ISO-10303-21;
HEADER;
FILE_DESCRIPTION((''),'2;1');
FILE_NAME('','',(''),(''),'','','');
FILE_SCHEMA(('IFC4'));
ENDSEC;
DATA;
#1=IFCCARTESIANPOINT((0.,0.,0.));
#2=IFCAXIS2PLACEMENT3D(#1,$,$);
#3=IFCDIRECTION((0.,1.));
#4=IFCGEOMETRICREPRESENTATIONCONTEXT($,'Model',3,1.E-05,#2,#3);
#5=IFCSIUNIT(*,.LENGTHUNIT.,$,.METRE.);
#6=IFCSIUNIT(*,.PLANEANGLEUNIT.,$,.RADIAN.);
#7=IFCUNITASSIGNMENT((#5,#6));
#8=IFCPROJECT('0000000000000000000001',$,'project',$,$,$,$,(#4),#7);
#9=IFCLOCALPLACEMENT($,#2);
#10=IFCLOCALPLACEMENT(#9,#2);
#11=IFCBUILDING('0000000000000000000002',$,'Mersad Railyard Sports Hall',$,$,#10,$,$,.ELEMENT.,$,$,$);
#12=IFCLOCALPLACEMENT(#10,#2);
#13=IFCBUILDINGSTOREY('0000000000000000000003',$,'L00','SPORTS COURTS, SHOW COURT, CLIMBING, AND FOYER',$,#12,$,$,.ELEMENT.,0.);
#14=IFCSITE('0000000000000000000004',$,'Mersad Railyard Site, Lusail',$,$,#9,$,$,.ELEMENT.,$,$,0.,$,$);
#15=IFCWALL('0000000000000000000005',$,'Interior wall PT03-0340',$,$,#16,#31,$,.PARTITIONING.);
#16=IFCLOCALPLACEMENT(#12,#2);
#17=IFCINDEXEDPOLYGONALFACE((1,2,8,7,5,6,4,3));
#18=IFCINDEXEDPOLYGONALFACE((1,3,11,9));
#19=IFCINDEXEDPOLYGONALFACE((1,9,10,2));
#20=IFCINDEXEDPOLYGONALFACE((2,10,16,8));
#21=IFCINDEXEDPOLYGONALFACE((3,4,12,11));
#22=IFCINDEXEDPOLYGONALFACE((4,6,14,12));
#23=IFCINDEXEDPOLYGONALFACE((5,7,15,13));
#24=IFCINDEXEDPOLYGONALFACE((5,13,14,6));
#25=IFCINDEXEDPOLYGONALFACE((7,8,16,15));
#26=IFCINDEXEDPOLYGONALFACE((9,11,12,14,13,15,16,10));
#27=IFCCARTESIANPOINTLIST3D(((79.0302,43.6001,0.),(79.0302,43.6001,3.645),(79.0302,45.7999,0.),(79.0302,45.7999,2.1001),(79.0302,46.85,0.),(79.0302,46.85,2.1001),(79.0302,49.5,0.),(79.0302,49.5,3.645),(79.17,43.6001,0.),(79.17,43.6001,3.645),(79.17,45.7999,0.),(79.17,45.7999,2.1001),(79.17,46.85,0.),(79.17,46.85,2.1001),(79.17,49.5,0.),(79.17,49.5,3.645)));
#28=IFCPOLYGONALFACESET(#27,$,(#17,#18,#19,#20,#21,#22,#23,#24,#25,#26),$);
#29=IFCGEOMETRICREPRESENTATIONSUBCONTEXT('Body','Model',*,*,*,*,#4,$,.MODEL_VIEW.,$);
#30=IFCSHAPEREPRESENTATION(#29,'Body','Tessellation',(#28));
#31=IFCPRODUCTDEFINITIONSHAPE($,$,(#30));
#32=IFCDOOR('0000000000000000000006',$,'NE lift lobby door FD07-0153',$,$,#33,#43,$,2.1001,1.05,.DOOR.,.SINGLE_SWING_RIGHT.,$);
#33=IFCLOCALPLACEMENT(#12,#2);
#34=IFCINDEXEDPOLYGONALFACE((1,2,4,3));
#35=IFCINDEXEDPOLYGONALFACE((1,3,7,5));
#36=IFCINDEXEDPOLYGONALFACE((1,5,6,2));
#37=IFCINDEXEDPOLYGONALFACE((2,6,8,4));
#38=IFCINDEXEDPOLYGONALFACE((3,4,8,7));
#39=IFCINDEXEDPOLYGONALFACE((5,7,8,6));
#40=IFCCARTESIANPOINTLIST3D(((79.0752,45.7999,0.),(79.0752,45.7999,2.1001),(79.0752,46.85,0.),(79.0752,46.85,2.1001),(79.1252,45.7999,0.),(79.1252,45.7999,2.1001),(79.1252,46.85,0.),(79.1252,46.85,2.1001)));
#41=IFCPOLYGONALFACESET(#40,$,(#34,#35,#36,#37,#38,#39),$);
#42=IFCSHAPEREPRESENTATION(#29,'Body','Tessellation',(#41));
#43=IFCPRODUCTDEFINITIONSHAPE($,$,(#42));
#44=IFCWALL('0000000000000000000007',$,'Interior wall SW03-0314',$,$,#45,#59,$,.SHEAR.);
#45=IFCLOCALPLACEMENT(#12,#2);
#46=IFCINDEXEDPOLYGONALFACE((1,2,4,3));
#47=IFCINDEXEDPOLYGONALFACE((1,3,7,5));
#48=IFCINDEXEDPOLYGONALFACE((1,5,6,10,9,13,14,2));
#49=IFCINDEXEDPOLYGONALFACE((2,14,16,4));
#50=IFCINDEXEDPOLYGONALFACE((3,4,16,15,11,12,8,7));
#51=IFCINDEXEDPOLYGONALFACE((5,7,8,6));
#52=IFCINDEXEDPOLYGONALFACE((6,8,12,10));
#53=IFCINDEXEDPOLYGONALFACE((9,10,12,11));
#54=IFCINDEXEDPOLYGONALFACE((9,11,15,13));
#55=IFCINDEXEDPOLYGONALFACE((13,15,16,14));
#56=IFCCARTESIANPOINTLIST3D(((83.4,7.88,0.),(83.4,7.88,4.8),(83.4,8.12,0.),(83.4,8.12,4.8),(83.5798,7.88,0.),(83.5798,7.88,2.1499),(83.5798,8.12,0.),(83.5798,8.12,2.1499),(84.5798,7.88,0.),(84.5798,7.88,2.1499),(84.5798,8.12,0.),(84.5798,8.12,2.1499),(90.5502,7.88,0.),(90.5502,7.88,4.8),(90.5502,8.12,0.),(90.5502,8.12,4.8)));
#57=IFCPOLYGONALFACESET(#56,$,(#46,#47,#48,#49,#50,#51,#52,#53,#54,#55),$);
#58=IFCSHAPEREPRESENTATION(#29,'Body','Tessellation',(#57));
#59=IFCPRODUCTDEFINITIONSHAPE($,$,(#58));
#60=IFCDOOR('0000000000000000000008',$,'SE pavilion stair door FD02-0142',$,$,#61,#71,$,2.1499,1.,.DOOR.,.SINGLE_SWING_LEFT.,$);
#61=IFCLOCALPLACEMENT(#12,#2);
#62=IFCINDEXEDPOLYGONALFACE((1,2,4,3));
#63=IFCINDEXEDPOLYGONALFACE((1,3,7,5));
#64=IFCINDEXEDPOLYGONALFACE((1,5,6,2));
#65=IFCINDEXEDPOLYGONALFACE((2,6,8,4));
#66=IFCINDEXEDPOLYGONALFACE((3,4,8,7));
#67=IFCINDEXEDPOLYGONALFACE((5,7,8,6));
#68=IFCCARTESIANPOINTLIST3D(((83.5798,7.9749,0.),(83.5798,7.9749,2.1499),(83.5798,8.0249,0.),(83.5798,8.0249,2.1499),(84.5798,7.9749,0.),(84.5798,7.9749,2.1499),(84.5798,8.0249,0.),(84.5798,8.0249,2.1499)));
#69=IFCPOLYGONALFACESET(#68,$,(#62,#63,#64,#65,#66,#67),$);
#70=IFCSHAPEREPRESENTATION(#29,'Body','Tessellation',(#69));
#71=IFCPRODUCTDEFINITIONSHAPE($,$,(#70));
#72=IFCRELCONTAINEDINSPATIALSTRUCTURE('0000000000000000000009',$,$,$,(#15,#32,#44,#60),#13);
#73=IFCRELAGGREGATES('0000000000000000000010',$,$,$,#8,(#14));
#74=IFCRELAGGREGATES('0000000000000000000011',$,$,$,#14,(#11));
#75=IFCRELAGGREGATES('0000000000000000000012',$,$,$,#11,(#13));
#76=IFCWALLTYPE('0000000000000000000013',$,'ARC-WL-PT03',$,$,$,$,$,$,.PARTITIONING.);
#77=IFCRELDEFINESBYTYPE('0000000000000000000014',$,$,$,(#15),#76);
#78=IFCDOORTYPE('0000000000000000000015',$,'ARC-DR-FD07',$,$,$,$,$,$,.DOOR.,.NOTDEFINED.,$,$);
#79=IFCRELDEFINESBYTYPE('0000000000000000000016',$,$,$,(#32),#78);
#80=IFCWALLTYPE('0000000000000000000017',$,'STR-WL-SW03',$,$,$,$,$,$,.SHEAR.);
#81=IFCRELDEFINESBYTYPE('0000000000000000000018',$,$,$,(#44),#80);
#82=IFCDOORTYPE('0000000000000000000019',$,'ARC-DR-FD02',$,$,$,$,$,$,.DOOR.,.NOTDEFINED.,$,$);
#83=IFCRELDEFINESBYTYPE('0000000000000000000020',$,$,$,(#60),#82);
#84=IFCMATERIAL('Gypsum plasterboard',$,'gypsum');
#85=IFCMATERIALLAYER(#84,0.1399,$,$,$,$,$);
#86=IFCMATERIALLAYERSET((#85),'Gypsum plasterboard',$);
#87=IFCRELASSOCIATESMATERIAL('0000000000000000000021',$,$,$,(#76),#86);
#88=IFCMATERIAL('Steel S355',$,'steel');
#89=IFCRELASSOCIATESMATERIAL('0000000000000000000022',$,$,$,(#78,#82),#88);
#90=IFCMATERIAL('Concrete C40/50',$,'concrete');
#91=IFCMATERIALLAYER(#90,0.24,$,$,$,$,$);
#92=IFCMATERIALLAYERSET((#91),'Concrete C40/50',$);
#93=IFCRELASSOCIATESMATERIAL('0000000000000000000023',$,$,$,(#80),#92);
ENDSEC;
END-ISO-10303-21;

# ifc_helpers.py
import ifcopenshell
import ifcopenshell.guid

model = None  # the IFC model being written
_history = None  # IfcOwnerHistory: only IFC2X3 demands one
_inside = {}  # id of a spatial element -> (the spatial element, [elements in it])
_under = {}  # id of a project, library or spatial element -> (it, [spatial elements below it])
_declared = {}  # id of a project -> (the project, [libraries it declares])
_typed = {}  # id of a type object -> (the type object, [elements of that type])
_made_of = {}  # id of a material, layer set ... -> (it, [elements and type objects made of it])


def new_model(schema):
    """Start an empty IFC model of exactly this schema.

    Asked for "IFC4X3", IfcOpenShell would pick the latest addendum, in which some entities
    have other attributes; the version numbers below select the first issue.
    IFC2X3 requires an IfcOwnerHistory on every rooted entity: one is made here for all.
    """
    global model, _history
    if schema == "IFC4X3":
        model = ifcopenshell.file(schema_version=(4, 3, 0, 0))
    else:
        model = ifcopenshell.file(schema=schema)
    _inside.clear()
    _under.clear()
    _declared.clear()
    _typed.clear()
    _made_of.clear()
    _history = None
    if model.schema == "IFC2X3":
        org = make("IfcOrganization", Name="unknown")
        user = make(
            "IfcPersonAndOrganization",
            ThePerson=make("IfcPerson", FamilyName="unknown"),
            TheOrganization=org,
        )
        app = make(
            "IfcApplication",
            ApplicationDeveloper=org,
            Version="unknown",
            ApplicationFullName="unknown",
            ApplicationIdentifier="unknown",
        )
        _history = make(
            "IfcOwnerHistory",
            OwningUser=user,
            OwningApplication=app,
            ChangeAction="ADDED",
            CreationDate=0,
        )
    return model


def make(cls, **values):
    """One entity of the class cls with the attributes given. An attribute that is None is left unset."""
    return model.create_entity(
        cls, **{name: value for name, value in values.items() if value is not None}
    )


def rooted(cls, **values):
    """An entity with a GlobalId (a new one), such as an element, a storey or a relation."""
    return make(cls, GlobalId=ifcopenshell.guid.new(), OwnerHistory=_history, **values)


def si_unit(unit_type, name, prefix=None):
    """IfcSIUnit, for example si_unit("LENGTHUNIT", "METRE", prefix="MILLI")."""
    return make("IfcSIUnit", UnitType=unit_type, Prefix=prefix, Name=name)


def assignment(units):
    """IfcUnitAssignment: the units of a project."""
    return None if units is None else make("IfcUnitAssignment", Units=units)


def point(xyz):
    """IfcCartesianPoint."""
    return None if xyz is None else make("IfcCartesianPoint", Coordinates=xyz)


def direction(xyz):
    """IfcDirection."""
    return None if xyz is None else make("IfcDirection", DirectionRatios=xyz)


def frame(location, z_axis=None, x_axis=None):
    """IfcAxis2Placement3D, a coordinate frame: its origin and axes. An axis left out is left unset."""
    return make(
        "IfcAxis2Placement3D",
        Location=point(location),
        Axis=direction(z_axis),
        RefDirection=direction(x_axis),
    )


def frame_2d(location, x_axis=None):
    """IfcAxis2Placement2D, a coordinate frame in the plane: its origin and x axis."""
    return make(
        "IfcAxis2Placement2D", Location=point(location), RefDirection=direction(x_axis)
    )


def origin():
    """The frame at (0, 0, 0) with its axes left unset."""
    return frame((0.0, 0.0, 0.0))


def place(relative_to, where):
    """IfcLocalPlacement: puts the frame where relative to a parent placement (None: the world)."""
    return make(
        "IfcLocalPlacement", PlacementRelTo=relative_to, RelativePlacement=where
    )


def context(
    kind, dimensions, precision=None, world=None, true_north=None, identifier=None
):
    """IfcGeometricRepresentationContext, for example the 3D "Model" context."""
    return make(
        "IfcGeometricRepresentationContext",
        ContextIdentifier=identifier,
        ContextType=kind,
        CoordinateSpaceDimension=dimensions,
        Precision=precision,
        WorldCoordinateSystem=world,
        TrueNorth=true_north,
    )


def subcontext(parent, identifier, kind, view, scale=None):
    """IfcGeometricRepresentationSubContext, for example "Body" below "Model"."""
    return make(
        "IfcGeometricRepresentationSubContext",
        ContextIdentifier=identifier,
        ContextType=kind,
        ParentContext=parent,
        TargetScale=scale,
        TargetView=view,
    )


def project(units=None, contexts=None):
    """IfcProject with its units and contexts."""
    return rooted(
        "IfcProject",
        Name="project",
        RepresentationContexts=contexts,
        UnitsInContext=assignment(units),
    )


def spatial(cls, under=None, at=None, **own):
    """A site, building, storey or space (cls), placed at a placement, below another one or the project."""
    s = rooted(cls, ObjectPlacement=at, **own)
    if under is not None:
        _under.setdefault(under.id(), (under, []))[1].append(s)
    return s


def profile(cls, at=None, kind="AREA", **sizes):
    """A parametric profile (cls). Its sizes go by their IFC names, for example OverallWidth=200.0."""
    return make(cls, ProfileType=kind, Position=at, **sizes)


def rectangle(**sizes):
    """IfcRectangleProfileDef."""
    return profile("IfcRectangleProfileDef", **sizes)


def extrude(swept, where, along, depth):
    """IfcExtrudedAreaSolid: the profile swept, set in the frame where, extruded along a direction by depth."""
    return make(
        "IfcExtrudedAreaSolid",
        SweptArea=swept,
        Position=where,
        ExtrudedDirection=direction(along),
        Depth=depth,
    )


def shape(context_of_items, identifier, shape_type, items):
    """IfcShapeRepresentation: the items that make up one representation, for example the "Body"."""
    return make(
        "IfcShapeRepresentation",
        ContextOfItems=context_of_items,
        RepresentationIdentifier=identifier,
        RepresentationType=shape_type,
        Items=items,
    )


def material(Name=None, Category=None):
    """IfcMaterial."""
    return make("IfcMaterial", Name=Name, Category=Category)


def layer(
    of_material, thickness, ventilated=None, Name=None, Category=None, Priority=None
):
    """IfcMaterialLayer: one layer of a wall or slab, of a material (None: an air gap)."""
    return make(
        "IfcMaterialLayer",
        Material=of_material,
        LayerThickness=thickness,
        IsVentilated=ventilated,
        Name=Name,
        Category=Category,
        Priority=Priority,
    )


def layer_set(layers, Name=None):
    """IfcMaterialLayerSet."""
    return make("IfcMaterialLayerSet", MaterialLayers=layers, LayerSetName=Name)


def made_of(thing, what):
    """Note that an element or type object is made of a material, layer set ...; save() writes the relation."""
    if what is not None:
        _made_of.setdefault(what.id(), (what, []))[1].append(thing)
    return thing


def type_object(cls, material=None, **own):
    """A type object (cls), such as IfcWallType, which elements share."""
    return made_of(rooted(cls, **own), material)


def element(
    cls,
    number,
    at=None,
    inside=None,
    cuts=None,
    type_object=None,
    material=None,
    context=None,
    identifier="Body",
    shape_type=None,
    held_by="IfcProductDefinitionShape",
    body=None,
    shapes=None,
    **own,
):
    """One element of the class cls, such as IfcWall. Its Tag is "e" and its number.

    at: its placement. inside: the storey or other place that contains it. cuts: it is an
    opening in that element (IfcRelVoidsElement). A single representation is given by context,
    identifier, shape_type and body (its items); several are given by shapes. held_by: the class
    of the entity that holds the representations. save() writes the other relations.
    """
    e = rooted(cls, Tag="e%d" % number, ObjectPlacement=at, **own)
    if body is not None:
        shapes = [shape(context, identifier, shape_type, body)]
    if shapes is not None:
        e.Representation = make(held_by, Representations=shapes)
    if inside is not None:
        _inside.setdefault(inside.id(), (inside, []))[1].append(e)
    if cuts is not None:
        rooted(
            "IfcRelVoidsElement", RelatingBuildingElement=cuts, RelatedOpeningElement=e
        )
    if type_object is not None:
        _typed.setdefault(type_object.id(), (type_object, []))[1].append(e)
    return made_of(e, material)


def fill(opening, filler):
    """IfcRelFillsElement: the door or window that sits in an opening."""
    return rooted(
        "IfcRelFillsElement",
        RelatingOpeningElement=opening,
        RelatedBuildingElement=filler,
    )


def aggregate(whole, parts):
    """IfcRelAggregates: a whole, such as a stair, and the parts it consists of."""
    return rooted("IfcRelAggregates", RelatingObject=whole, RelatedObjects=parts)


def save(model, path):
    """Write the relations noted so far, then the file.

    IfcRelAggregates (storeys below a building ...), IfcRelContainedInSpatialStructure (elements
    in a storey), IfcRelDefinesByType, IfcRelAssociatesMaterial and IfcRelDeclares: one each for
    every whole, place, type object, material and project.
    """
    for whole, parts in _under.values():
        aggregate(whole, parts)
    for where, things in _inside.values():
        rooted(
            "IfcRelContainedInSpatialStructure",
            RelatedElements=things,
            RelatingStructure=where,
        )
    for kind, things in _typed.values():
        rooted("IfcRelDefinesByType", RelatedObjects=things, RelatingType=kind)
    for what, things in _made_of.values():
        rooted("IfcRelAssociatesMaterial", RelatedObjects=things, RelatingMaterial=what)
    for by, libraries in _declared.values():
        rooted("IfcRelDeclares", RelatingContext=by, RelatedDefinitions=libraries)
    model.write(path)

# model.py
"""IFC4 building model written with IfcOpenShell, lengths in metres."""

from ifc_helpers import new_model, si_unit, direction, frame, frame_2d, origin, place, context, subcontext, project, spatial, rectangle, extrude, material, layer, layer_set, type_object, element, fill, save


model = new_model("IFC4")

# Units and contexts
model_context = context("Model", 3, precision=1e-05, world=origin(), true_north=direction((0.0, 1.0)))
body_context = subcontext(model_context, "Body", "Model", "MODEL_VIEW")
ifc_project = project(units=[si_unit("LENGTHUNIT", "METRE"), si_unit("PLANEANGLEUNIT", "RADIAN")], contexts=[model_context])

# Site, building, storey
site_placement = place(None, origin())
site = spatial("IfcSite", under=ifc_project, at=site_placement, Name="Mersad Railyard Site, Lusail", CompositionType="ELEMENT", RefElevation=0.0)
building_placement = place(site_placement, origin())
building = spatial("IfcBuilding", under=site, at=building_placement, Name="Mersad Railyard Sports Hall", CompositionType="ELEMENT")
storey_placement = place(building_placement, origin())
storey = spatial("IfcBuildingStorey", under=building, at=storey_placement, Name="L00", Description="SPORTS COURTS, SHOW COURT, CLIMBING, AND FOYER", CompositionType="ELEMENT", Elevation=0.0)

# Walls, openings, doors
ifc_material_1 = material(Name="Gypsum plasterboard", Category="gypsum")
ifc_layer_1 = layer(ifc_material_1, 0.1399)
ifc_layer_set_1 = layer_set([ifc_layer_1], Name="Gypsum plasterboard")
wall_type_1 = type_object("IfcWallType", Name="ARC-WL-PT03", PredefinedType="PARTITIONING", material=ifc_layer_set_1)
ifc_material_2 = material(Name="Steel S355", Category="steel")
door_type_1 = type_object("IfcDoorType", Name="ARC-DR-FD07", OperationType="NOTDEFINED", PredefinedType="DOOR", material=ifc_material_2)
wall_1_placement = place(storey_placement, frame((79.1001, 43.6001, 0.0), z_axis=(0.0, 0.0, 1.0), x_axis=(0.0, 1.0, 0.0)))
wall_1 = element("IfcWall", 1, at=wall_1_placement, inside=storey, type_object=wall_type_1, Name="Interior wall PT03-0340", PredefinedType="PARTITIONING", context=body_context, shape_type="SweptSolid", body=[
    extrude(rectangle(XDim=5.8999, YDim=0.1399, at=frame_2d((2.95, 0.0))), origin(), (0.0, 0.0, 1.0), 3.645),
])
opening_1_placement = place(wall_1_placement, frame((2.2, 0.0, 0.0)))
opening_1 = element("IfcOpeningElement", 2, at=opening_1_placement, cuts=wall_1, PredefinedType="OPENING", context=body_context, shape_type="SweptSolid", body=[
    extrude(rectangle(XDim=1.05, YDim=2.1001, at=frame_2d((0.5249, 1.05))), frame((0.0, 0.0798, 0.0), z_axis=(0.0, -1.0, 0.0), x_axis=(1.0, 0.0, 0.0)), (0.0, 0.0, 1.0), 0.1599),
])
door_1_placement = place(opening_1_placement, origin())
door_1 = element("IfcDoor", 3, at=door_1_placement, inside=storey, type_object=door_type_1, Name="NE lift lobby door FD07-0153", OperationType="SINGLE_SWING_RIGHT", OverallHeight=2.1001, OverallWidth=1.05, PredefinedType="DOOR", context=body_context, shape_type="SweptSolid", body=[
    extrude(rectangle(XDim=1.05, YDim=2.1001, at=frame_2d((0.5249, 1.05))), frame((0.0, 0.0249, 0.0), z_axis=(0.0, -1.0, 0.0), x_axis=(1.0, 0.0, 0.0)), (0.0, 0.0, 1.0), 0.05),
])
fill(opening_1, door_1)
ifc_material_3 = material(Name="Concrete C40/50", Category="concrete")
ifc_layer_2 = layer(ifc_material_3, 0.24)
ifc_layer_set_2 = layer_set([ifc_layer_2], Name="Concrete C40/50")
wall_type_2 = type_object("IfcWallType", Name="STR-WL-SW03", PredefinedType="SHEAR", material=ifc_layer_set_2)
wall_2_placement = place(storey_placement, frame((83.3999, 8.0, 0.0), z_axis=(0.0, 0.0, 1.0), x_axis=(1.0, 0.0, 0.0)))
wall_2 = element("IfcWall", 4, at=wall_2_placement, inside=storey, type_object=wall_type_2, Name="Interior wall SW03-0314", PredefinedType="SHEAR", context=body_context, shape_type="SweptSolid", body=[
    extrude(rectangle(XDim=7.1501, YDim=0.24, at=frame_2d((3.5752, 0.0))), origin(), (0.0, 0.0, 1.0), 4.8),
])
opening_2_placement = place(wall_2_placement, frame((0.1799, 0.0, 0.0)))
opening_2 = element("IfcOpeningElement", 5, at=opening_2_placement, cuts=wall_2, PredefinedType="OPENING", context=body_context, shape_type="SweptSolid", body=[
    extrude(rectangle(XDim=1.0, YDim=2.1499, at=frame_2d((0.5, 1.075))), frame((0.0, 0.1299, 0.0), z_axis=(0.0, -1.0, 0.0), x_axis=(1.0, 0.0, 0.0)), (0.0, 0.0, 1.0), 0.26),
])
door_type_2 = type_object("IfcDoorType", Name="ARC-DR-FD02", OperationType="NOTDEFINED", PredefinedType="DOOR", material=ifc_material_2)
door_2_placement = place(opening_2_placement, origin())
door_2 = element("IfcDoor", 6, at=door_2_placement, inside=storey, type_object=door_type_2, Name="SE pavilion stair door FD02-0142", OperationType="SINGLE_SWING_LEFT", OverallHeight=2.1499, OverallWidth=1.0, PredefinedType="DOOR", context=body_context, shape_type="SweptSolid", body=[
    extrude(rectangle(XDim=1.0, YDim=2.1499, at=frame_2d((0.5, 1.075))), frame((0.0, 0.0249, 0.0), z_axis=(0.0, -1.0, 0.0), x_axis=(1.0, 0.0, 0.0)), (0.0, 0.0, 1.0), 0.05),
])
fill(opening_2, door_2)

save(model, "model.ifc")
